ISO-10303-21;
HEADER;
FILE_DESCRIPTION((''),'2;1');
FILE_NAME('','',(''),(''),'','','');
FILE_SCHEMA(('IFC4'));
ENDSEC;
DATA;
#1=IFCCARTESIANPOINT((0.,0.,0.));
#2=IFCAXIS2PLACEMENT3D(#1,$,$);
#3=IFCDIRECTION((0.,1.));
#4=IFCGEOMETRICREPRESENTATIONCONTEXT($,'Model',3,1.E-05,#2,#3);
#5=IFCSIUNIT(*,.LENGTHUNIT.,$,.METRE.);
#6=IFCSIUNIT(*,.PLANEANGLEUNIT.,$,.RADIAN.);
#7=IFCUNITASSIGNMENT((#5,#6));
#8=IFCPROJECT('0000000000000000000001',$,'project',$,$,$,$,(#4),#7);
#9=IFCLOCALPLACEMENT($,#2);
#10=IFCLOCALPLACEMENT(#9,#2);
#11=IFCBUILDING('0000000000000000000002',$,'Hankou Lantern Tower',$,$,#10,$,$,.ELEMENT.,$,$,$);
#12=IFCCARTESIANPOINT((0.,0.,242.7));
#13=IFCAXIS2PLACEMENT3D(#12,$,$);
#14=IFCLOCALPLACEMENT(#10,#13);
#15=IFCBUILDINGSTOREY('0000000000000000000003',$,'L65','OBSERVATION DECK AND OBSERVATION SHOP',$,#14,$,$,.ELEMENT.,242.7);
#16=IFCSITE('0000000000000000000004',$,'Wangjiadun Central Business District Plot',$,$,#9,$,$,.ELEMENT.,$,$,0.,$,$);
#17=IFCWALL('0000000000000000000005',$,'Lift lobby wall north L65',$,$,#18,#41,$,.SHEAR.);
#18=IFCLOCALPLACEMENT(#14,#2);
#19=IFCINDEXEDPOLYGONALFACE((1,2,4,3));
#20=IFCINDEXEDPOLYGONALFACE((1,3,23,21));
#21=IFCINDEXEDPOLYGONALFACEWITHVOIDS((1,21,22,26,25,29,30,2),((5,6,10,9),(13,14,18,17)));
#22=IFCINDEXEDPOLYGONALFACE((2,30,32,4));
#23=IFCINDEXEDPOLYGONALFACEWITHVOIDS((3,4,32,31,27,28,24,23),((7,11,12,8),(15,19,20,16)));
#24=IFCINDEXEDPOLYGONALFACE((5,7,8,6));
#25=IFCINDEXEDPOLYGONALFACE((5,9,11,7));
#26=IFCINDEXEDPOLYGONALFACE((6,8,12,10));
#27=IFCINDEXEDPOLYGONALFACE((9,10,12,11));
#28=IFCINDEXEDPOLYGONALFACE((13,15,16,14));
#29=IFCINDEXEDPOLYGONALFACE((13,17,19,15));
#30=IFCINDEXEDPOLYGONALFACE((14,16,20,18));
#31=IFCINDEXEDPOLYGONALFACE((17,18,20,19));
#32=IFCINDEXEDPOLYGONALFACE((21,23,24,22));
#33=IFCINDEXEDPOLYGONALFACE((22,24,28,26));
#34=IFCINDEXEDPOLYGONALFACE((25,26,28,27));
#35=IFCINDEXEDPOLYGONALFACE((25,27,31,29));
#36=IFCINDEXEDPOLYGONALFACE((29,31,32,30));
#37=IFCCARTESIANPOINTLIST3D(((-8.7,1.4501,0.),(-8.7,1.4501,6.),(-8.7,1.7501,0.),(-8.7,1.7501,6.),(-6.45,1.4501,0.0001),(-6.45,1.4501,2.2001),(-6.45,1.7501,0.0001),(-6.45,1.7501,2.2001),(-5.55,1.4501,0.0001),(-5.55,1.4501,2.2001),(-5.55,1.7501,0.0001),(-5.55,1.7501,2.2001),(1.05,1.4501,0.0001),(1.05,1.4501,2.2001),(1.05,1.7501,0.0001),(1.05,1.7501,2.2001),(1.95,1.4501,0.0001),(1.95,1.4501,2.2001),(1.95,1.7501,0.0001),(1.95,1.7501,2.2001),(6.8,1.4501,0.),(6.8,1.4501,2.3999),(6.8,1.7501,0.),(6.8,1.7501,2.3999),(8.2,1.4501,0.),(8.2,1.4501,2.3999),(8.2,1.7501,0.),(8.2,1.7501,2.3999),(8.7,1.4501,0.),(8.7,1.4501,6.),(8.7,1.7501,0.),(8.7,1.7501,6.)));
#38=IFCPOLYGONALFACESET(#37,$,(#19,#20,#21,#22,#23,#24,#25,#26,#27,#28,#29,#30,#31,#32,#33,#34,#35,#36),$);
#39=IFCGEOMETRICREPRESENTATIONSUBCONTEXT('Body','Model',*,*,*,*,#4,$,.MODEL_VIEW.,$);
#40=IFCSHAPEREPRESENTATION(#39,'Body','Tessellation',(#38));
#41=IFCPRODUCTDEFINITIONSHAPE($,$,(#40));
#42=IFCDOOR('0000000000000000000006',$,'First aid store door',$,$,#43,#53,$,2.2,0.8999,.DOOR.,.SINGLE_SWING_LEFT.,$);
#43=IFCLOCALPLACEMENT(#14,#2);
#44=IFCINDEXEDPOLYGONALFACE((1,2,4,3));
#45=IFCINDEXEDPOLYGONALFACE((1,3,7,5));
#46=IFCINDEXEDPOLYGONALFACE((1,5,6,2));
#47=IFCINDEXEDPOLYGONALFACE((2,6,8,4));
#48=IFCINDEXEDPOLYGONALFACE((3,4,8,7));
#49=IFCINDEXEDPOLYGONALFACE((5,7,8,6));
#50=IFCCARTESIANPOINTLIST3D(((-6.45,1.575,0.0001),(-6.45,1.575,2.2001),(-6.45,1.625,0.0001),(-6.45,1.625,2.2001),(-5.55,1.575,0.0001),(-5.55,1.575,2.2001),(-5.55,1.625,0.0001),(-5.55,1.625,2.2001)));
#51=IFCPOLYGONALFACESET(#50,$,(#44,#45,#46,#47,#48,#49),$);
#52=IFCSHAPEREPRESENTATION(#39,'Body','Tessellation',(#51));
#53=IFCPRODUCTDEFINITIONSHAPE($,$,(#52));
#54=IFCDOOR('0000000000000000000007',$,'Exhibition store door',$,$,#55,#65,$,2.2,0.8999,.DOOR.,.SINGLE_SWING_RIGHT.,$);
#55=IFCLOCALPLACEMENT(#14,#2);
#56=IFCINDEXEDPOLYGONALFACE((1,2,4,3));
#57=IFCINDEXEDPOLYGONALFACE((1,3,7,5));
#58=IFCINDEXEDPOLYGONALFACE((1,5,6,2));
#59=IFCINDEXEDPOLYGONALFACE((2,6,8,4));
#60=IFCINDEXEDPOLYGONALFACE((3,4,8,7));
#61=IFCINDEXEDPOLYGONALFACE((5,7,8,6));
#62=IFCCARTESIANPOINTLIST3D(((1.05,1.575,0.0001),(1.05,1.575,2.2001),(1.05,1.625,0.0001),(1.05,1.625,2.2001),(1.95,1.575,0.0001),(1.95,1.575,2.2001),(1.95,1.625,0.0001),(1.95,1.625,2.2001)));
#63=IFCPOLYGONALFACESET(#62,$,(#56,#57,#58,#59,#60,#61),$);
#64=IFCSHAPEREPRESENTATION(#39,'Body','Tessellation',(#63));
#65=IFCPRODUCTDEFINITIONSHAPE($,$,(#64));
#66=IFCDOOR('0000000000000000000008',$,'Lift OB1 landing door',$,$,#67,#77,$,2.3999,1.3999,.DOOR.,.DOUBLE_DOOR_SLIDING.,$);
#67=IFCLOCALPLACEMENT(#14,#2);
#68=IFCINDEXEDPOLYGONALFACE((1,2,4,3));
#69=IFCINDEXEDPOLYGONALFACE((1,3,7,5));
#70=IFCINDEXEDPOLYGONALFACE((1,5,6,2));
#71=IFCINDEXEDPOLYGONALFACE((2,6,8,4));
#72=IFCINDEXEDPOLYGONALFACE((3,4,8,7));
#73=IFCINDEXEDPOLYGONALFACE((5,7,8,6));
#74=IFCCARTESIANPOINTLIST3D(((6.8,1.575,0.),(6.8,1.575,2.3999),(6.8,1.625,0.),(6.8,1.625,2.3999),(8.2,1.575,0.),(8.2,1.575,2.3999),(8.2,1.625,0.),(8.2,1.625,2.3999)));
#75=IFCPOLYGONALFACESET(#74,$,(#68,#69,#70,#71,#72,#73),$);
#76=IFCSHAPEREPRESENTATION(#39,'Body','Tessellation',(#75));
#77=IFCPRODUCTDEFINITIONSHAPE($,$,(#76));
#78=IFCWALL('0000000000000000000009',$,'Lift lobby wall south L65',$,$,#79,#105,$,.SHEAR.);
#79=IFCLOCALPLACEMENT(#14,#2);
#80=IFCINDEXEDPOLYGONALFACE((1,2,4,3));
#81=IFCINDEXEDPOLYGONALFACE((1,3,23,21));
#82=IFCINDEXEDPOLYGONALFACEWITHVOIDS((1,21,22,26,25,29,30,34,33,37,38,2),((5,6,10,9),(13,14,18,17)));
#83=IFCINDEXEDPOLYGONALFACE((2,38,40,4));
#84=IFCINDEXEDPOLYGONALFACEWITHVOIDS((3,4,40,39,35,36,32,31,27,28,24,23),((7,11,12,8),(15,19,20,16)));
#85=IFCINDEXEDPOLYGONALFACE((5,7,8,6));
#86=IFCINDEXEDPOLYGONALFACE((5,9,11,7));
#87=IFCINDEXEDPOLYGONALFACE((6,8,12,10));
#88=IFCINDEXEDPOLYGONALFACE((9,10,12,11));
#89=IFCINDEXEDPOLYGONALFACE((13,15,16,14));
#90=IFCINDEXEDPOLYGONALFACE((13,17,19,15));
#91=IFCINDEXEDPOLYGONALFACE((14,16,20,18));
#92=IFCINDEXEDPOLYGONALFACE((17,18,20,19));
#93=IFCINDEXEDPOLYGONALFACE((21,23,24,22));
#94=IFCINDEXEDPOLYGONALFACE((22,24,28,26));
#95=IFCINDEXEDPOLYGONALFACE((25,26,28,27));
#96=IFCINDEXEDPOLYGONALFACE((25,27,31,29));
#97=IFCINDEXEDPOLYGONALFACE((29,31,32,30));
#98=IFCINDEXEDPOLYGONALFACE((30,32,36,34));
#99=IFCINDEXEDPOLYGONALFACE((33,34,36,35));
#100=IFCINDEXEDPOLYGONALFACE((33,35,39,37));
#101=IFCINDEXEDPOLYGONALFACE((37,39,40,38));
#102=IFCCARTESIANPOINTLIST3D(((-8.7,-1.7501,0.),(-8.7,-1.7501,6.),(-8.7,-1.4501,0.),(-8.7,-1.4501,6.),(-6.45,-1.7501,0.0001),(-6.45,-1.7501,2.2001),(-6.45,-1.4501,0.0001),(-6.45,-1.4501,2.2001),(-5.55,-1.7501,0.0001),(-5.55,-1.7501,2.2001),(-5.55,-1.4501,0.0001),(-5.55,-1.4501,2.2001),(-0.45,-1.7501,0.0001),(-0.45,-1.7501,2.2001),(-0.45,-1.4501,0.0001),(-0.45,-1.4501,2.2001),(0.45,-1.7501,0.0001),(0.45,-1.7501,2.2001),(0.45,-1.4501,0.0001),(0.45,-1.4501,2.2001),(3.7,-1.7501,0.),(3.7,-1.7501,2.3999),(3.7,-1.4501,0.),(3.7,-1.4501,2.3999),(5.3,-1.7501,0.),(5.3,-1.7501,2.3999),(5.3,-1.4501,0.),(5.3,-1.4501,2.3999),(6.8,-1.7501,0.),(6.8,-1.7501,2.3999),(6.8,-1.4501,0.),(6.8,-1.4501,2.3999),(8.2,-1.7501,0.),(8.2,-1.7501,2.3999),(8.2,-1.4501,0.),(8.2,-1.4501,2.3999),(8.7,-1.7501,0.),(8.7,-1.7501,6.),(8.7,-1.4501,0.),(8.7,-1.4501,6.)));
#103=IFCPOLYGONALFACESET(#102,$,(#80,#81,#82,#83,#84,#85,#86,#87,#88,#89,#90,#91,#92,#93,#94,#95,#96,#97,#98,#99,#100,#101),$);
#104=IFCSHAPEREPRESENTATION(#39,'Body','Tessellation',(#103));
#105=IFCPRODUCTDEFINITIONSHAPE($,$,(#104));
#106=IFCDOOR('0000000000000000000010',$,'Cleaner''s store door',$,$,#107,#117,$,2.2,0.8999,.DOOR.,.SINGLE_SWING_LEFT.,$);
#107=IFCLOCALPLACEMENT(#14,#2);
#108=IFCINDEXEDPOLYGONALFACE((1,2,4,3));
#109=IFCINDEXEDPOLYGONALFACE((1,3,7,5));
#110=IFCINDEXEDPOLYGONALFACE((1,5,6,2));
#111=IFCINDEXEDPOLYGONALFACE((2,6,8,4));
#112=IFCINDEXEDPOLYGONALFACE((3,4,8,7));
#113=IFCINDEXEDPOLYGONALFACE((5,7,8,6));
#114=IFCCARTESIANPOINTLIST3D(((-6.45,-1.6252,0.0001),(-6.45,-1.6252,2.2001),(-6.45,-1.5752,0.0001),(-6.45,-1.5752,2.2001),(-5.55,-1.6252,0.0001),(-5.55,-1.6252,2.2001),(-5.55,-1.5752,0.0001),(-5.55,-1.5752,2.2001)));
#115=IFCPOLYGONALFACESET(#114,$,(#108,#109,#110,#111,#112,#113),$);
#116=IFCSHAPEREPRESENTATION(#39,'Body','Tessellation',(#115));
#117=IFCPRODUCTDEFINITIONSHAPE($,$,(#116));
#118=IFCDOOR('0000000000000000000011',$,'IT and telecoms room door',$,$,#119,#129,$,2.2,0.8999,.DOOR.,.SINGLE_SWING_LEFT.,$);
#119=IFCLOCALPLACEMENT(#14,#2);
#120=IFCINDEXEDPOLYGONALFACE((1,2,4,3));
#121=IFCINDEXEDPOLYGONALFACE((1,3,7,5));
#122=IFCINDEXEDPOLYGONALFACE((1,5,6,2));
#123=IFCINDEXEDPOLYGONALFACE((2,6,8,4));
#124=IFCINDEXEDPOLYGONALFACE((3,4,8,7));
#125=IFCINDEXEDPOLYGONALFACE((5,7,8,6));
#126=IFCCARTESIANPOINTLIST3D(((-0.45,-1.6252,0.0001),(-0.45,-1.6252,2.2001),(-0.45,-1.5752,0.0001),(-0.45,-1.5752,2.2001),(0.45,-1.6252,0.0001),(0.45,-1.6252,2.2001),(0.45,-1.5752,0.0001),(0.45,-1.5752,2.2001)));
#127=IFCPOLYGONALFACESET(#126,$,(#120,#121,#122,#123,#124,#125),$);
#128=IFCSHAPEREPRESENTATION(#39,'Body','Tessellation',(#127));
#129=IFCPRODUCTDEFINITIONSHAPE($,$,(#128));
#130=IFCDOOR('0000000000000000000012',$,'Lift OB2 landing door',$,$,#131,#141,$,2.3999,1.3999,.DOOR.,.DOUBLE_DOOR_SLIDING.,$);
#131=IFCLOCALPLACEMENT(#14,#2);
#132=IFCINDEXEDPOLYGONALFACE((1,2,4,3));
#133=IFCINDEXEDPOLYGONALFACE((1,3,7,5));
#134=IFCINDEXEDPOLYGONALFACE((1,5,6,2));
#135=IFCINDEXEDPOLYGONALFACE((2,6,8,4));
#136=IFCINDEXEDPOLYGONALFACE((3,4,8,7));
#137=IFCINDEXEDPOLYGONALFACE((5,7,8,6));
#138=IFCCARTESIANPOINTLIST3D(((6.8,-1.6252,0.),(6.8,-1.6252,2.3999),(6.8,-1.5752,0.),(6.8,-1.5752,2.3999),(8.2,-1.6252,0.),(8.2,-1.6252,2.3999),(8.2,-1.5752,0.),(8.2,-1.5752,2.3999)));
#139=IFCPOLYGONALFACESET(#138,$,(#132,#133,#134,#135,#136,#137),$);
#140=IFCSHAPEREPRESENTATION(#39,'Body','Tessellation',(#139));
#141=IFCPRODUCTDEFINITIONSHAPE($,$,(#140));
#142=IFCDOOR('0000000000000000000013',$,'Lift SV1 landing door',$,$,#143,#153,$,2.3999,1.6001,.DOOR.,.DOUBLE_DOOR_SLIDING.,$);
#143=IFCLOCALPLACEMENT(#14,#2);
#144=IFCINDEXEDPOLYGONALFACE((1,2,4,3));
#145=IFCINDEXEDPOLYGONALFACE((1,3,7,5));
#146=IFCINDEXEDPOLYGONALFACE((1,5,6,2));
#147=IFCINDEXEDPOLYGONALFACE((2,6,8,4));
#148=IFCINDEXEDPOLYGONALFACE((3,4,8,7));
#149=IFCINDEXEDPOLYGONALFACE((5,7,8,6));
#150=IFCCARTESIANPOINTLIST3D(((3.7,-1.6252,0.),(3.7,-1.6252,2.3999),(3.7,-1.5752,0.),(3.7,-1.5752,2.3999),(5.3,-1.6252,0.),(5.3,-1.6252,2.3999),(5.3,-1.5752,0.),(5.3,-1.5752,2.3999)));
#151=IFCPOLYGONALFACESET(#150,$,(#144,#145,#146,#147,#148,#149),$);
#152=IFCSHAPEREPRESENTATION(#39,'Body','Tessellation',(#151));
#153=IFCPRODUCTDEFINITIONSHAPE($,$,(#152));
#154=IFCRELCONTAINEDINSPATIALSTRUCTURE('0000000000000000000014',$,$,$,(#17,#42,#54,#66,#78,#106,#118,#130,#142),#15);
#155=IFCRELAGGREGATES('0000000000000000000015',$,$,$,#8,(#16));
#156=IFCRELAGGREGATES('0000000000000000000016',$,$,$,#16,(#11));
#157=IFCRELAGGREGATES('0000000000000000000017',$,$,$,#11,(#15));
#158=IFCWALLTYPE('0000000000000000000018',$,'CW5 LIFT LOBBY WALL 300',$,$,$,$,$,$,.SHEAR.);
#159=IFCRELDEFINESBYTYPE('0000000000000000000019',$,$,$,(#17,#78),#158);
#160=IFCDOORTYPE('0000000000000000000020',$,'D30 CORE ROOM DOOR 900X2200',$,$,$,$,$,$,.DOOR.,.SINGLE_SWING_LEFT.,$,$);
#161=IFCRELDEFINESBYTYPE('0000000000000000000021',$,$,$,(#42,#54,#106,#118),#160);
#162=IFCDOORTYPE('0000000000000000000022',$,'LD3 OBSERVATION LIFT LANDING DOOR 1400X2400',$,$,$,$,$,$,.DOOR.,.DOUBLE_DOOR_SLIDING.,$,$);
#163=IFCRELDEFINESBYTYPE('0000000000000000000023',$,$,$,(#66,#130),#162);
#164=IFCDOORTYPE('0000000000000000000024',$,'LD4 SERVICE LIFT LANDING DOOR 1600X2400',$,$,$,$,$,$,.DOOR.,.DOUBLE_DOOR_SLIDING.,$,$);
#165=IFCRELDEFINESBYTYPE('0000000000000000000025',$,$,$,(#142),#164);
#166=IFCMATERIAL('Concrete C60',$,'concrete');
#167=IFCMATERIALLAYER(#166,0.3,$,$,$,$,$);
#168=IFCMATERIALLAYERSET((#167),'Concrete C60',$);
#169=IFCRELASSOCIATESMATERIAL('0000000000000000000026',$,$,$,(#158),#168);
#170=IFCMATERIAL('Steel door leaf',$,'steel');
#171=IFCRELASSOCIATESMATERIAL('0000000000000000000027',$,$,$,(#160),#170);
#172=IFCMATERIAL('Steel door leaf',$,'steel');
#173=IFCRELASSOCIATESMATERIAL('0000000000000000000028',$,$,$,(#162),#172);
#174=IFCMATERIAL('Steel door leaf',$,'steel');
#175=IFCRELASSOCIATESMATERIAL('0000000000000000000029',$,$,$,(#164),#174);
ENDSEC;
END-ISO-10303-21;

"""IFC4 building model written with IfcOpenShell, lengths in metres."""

from ifc_helpers import new_model, si_unit, direction, frame, frame_2d, origin, place, context, subcontext, project, spatial, rectangle, extrude, material, layer, layer_set, type_object, element, fill, save


model = new_model("IFC4")

# Units and contexts
model_context = context("Model", 3, precision=1e-05, world=origin(), true_north=direction((0.0, 1.0)))
body_context = subcontext(model_context, "Body", "Model", "MODEL_VIEW")
ifc_project = project(units=[si_unit("LENGTHUNIT", "METRE"), si_unit("PLANEANGLEUNIT", "RADIAN")], contexts=[model_context])

# Site, building, storey
site_placement = place(None, origin())
site = spatial("IfcSite", under=ifc_project, at=site_placement, Name="Wangjiadun Central Business District Plot", CompositionType="ELEMENT", RefElevation=0.0)
building_placement = place(site_placement, origin())
building = spatial("IfcBuilding", under=site, at=building_placement, Name="Hankou Lantern Tower", CompositionType="ELEMENT")
storey_placement = place(building_placement, frame((0.0, 0.0, 242.7)))
storey = spatial("IfcBuildingStorey", under=building, at=storey_placement, Name="L65", Description="OBSERVATION DECK AND OBSERVATION SHOP", CompositionType="ELEMENT", Elevation=242.7)

# Walls, openings, doors
ifc_material_1 = material(Name="Concrete C60", Category="concrete")
ifc_layer_1 = layer(ifc_material_1, 0.3)
ifc_layer_set_1 = layer_set([ifc_layer_1], Name="Concrete C60")
wall_type_1 = type_object("IfcWallType", Name="CW5 LIFT LOBBY WALL 300", PredefinedType="SHEAR", material=ifc_layer_set_1)
wall_1_placement = place(storey_placement, frame((-8.7, 1.6001, 0.0), z_axis=(0.0, 0.0, 1.0), x_axis=(1.0, 0.0, 0.0)))
wall_1 = element("IfcWall", 1, at=wall_1_placement, inside=storey, type_object=wall_type_1, Name="Lift lobby wall north L65", PredefinedType="SHEAR", context=body_context, shape_type="SweptSolid", body=[
    extrude(rectangle(XDim=17.3999, YDim=0.3, at=frame_2d((8.7, 0.0))), origin(), (0.0, 0.0, 1.0), 6.0),
])
opening_1_placement = place(wall_1_placement, frame((15.5, 0.0, 0.0)))
opening_1 = element("IfcOpeningElement", 2, at=opening_1_placement, cuts=wall_1, PredefinedType="OPENING", context=body_context, shape_type="SweptSolid", body=[
    extrude(rectangle(XDim=1.3999, YDim=2.3999, at=frame_2d((0.7, 1.2))), frame((0.0, 0.1599, 0.0), z_axis=(0.0, -1.0, 0.0), x_axis=(1.0, 0.0, 0.0)), (0.0, 0.0, 1.0), 0.3201),
])
opening_2_placement = place(wall_1_placement, frame((2.25, 0.0, 0.0)))
opening_2 = element("IfcOpeningElement", 3, at=opening_2_placement, cuts=wall_1, PredefinedType="OPENING", context=body_context, shape_type="SweptSolid", body=[
    extrude(rectangle(XDim=0.8999, YDim=2.2, at=frame_2d((0.45, 1.1001))), frame((0.0, 0.1599, 0.0), z_axis=(0.0, -1.0, 0.0), x_axis=(1.0, 0.0, 0.0)), (0.0, 0.0, 1.0), 0.3201),
])
opening_3_placement = place(wall_1_placement, frame((9.75, 0.0, 0.0)))
opening_3 = element("IfcOpeningElement", 4, at=opening_3_placement, cuts=wall_1, PredefinedType="OPENING", context=body_context, shape_type="SweptSolid", body=[
    extrude(rectangle(XDim=0.8999, YDim=2.2, at=frame_2d((0.45, 1.1001))), frame((0.0, 0.1599, 0.0), z_axis=(0.0, -1.0, 0.0), x_axis=(1.0, 0.0, 0.0)), (0.0, 0.0, 1.0), 0.3201),
])
ifc_material_2 = material(Name="Steel door leaf", Category="steel")
door_type_1 = type_object("IfcDoorType", Name="D30 CORE ROOM DOOR 900X2200", OperationType="SINGLE_SWING_LEFT", PredefinedType="DOOR", material=ifc_material_2)
door_1_placement = place(opening_2_placement, origin())
door_1 = element("IfcDoor", 5, at=door_1_placement, inside=storey, type_object=door_type_1, Name="First aid store door", OperationType="SINGLE_SWING_LEFT", OverallHeight=2.2, OverallWidth=0.8999, PredefinedType="DOOR", context=body_context, shape_type="SweptSolid", body=[
    extrude(rectangle(XDim=0.8999, YDim=2.2, at=frame_2d((0.45, 1.1001))), frame((0.0, 0.0249, 0.0), z_axis=(0.0, -1.0, 0.0), x_axis=(1.0, 0.0, 0.0)), (0.0, 0.0, 1.0), 0.05),
])
fill(opening_2, door_1)
door_2_placement = place(opening_3_placement, origin())
door_2 = element("IfcDoor", 6, at=door_2_placement, inside=storey, type_object=door_type_1, Name="Exhibition store door", OperationType="SINGLE_SWING_RIGHT", OverallHeight=2.2, OverallWidth=0.8999, PredefinedType="DOOR", context=body_context, shape_type="SweptSolid", body=[
    extrude(rectangle(XDim=0.8999, YDim=2.2, at=frame_2d((0.45, 1.1001))), frame((0.0, 0.0249, 0.0), z_axis=(0.0, -1.0, 0.0), x_axis=(1.0, 0.0, 0.0)), (0.0, 0.0, 1.0), 0.05),
])
fill(opening_3, door_2)
ifc_material_3 = material(Name="Steel door leaf", Category="steel")
door_type_2 = type_object("IfcDoorType", Name="LD3 OBSERVATION LIFT LANDING DOOR 1400X2400", OperationType="DOUBLE_DOOR_SLIDING", PredefinedType="DOOR", material=ifc_material_3)
door_3_placement = place(opening_1_placement, origin())
door_3 = element("IfcDoor", 7, at=door_3_placement, inside=storey, type_object=door_type_2, Name="Lift OB1 landing door", OperationType="DOUBLE_DOOR_SLIDING", OverallHeight=2.3999, OverallWidth=1.3999, PredefinedType="DOOR", context=body_context, shape_type="SweptSolid", body=[
    extrude(rectangle(XDim=1.3999, YDim=2.3999, at=frame_2d((0.7, 1.2))), frame((0.0, 0.0249, 0.0), z_axis=(0.0, -1.0, 0.0), x_axis=(1.0, 0.0, 0.0)), (0.0, 0.0, 1.0), 0.05),
])
fill(opening_1, door_3)
wall_2_placement = place(storey_placement, frame((-8.7, -1.6001, 0.0), z_axis=(0.0, 0.0, 1.0), x_axis=(1.0, 0.0, 0.0)))
wall_2 = element("IfcWall", 8, at=wall_2_placement, inside=storey, type_object=wall_type_1, Name="Lift lobby wall south L65", PredefinedType="SHEAR", context=body_context, shape_type="SweptSolid", body=[
    extrude(rectangle(XDim=17.3999, YDim=0.3, at=frame_2d((8.7, 0.0))), origin(), (0.0, 0.0, 1.0), 6.0),
])
opening_4_placement = place(wall_2_placement, frame((12.3999, 0.0, 0.0)))
opening_4 = element("IfcOpeningElement", 9, at=opening_4_placement, cuts=wall_2, PredefinedType="OPENING", context=body_context, shape_type="SweptSolid", body=[
    extrude(rectangle(XDim=1.6001, YDim=2.3999, at=frame_2d((0.8, 1.2))), frame((0.0, 0.1599, 0.0), z_axis=(0.0, -1.0, 0.0), x_axis=(1.0, 0.0, 0.0)), (0.0, 0.0, 1.0), 0.3201),
])
opening_5_placement = place(wall_2_placement, frame((15.5, 0.0, 0.0)))
opening_5 = element("IfcOpeningElement", 10, at=opening_5_placement, cuts=wall_2, PredefinedType="OPENING", context=body_context, shape_type="SweptSolid", body=[
    extrude(rectangle(XDim=1.3999, YDim=2.3999, at=frame_2d((0.7, 1.2))), frame((0.0, 0.1599, 0.0), z_axis=(0.0, -1.0, 0.0), x_axis=(1.0, 0.0, 0.0)), (0.0, 0.0, 1.0), 0.3201),
])
opening_6_placement = place(wall_2_placement, frame((2.25, 0.0, 0.0)))
opening_6 = element("IfcOpeningElement", 11, at=opening_6_placement, cuts=wall_2, PredefinedType="OPENING", context=body_context, shape_type="SweptSolid", body=[
    extrude(rectangle(XDim=0.8999, YDim=2.2, at=frame_2d((0.45, 1.1001))), frame((0.0, 0.1599, 0.0), z_axis=(0.0, -1.0, 0.0), x_axis=(1.0, 0.0, 0.0)), (0.0, 0.0, 1.0), 0.3201),
])
opening_7_placement = place(wall_2_placement, frame((8.25, 0.0, 0.0)))
opening_7 = element("IfcOpeningElement", 12, at=opening_7_placement, cuts=wall_2, PredefinedType="OPENING", context=body_context, shape_type="SweptSolid", body=[
    extrude(rectangle(XDim=0.8999, YDim=2.2, at=frame_2d((0.45, 1.1001))), frame((0.0, 0.1599, 0.0), z_axis=(0.0, -1.0, 0.0), x_axis=(1.0, 0.0, 0.0)), (0.0, 0.0, 1.0), 0.3201),
])
door_4_placement = place(opening_6_placement, origin())
door_4 = element("IfcDoor", 13, at=door_4_placement, inside=storey, type_object=door_type_1, Name="Cleaner's store door", OperationType="SINGLE_SWING_LEFT", OverallHeight=2.2, OverallWidth=0.8999, PredefinedType="DOOR", context=body_context, shape_type="SweptSolid", body=[
    extrude(rectangle(XDim=0.8999, YDim=2.2, at=frame_2d((0.45, 1.1001))), frame((0.0, 0.0249, 0.0), z_axis=(0.0, -1.0, 0.0), x_axis=(1.0, 0.0, 0.0)), (0.0, 0.0, 1.0), 0.05),
])
fill(opening_6, door_4)
door_5_placement = place(opening_7_placement, origin())
door_5 = element("IfcDoor", 14, at=door_5_placement, inside=storey, type_object=door_type_1, Name="IT and telecoms room door", OperationType="SINGLE_SWING_LEFT", OverallHeight=2.2, OverallWidth=0.8999, PredefinedType="DOOR", context=body_context, shape_type="SweptSolid", body=[
    extrude(rectangle(XDim=0.8999, YDim=2.2, at=frame_2d((0.45, 1.1001))), frame((0.0, 0.0249, 0.0), z_axis=(0.0, -1.0, 0.0), x_axis=(1.0, 0.0, 0.0)), (0.0, 0.0, 1.0), 0.05),
])
fill(opening_7, door_5)
door_6_placement = place(opening_5_placement, origin())
door_6 = element("IfcDoor", 15, at=door_6_placement, inside=storey, type_object=door_type_2, Name="Lift OB2 landing door", OperationType="DOUBLE_DOOR_SLIDING", OverallHeight=2.3999, OverallWidth=1.3999, PredefinedType="DOOR", context=body_context, shape_type="SweptSolid", body=[
    extrude(rectangle(XDim=1.3999, YDim=2.3999, at=frame_2d((0.7, 1.2))), frame((0.0, 0.0249, 0.0), z_axis=(0.0, -1.0, 0.0), x_axis=(1.0, 0.0, 0.0)), (0.0, 0.0, 1.0), 0.05),
])
fill(opening_5, door_6)
ifc_material_4 = material(Name="Steel door leaf", Category="steel")
door_type_3 = type_object("IfcDoorType", Name="LD4 SERVICE LIFT LANDING DOOR 1600X2400", OperationType="DOUBLE_DOOR_SLIDING", PredefinedType="DOOR", material=ifc_material_4)
door_7_placement = place(opening_4_placement, origin())
door_7 = element("IfcDoor", 16, at=door_7_placement, inside=storey, type_object=door_type_3, Name="Lift SV1 landing door", OperationType="DOUBLE_DOOR_SLIDING", OverallHeight=2.3999, OverallWidth=1.6001, PredefinedType="DOOR", context=body_context, shape_type="SweptSolid", body=[
    extrude(rectangle(XDim=1.6001, YDim=2.3999, at=frame_2d((0.8, 1.2))), frame((0.0, 0.0249, 0.0), z_axis=(0.0, -1.0, 0.0), x_axis=(1.0, 0.0, 0.0)), (0.0, 0.0, 1.0), 0.05),
])
fill(opening_4, door_7)

save(model, "model.ifc")
